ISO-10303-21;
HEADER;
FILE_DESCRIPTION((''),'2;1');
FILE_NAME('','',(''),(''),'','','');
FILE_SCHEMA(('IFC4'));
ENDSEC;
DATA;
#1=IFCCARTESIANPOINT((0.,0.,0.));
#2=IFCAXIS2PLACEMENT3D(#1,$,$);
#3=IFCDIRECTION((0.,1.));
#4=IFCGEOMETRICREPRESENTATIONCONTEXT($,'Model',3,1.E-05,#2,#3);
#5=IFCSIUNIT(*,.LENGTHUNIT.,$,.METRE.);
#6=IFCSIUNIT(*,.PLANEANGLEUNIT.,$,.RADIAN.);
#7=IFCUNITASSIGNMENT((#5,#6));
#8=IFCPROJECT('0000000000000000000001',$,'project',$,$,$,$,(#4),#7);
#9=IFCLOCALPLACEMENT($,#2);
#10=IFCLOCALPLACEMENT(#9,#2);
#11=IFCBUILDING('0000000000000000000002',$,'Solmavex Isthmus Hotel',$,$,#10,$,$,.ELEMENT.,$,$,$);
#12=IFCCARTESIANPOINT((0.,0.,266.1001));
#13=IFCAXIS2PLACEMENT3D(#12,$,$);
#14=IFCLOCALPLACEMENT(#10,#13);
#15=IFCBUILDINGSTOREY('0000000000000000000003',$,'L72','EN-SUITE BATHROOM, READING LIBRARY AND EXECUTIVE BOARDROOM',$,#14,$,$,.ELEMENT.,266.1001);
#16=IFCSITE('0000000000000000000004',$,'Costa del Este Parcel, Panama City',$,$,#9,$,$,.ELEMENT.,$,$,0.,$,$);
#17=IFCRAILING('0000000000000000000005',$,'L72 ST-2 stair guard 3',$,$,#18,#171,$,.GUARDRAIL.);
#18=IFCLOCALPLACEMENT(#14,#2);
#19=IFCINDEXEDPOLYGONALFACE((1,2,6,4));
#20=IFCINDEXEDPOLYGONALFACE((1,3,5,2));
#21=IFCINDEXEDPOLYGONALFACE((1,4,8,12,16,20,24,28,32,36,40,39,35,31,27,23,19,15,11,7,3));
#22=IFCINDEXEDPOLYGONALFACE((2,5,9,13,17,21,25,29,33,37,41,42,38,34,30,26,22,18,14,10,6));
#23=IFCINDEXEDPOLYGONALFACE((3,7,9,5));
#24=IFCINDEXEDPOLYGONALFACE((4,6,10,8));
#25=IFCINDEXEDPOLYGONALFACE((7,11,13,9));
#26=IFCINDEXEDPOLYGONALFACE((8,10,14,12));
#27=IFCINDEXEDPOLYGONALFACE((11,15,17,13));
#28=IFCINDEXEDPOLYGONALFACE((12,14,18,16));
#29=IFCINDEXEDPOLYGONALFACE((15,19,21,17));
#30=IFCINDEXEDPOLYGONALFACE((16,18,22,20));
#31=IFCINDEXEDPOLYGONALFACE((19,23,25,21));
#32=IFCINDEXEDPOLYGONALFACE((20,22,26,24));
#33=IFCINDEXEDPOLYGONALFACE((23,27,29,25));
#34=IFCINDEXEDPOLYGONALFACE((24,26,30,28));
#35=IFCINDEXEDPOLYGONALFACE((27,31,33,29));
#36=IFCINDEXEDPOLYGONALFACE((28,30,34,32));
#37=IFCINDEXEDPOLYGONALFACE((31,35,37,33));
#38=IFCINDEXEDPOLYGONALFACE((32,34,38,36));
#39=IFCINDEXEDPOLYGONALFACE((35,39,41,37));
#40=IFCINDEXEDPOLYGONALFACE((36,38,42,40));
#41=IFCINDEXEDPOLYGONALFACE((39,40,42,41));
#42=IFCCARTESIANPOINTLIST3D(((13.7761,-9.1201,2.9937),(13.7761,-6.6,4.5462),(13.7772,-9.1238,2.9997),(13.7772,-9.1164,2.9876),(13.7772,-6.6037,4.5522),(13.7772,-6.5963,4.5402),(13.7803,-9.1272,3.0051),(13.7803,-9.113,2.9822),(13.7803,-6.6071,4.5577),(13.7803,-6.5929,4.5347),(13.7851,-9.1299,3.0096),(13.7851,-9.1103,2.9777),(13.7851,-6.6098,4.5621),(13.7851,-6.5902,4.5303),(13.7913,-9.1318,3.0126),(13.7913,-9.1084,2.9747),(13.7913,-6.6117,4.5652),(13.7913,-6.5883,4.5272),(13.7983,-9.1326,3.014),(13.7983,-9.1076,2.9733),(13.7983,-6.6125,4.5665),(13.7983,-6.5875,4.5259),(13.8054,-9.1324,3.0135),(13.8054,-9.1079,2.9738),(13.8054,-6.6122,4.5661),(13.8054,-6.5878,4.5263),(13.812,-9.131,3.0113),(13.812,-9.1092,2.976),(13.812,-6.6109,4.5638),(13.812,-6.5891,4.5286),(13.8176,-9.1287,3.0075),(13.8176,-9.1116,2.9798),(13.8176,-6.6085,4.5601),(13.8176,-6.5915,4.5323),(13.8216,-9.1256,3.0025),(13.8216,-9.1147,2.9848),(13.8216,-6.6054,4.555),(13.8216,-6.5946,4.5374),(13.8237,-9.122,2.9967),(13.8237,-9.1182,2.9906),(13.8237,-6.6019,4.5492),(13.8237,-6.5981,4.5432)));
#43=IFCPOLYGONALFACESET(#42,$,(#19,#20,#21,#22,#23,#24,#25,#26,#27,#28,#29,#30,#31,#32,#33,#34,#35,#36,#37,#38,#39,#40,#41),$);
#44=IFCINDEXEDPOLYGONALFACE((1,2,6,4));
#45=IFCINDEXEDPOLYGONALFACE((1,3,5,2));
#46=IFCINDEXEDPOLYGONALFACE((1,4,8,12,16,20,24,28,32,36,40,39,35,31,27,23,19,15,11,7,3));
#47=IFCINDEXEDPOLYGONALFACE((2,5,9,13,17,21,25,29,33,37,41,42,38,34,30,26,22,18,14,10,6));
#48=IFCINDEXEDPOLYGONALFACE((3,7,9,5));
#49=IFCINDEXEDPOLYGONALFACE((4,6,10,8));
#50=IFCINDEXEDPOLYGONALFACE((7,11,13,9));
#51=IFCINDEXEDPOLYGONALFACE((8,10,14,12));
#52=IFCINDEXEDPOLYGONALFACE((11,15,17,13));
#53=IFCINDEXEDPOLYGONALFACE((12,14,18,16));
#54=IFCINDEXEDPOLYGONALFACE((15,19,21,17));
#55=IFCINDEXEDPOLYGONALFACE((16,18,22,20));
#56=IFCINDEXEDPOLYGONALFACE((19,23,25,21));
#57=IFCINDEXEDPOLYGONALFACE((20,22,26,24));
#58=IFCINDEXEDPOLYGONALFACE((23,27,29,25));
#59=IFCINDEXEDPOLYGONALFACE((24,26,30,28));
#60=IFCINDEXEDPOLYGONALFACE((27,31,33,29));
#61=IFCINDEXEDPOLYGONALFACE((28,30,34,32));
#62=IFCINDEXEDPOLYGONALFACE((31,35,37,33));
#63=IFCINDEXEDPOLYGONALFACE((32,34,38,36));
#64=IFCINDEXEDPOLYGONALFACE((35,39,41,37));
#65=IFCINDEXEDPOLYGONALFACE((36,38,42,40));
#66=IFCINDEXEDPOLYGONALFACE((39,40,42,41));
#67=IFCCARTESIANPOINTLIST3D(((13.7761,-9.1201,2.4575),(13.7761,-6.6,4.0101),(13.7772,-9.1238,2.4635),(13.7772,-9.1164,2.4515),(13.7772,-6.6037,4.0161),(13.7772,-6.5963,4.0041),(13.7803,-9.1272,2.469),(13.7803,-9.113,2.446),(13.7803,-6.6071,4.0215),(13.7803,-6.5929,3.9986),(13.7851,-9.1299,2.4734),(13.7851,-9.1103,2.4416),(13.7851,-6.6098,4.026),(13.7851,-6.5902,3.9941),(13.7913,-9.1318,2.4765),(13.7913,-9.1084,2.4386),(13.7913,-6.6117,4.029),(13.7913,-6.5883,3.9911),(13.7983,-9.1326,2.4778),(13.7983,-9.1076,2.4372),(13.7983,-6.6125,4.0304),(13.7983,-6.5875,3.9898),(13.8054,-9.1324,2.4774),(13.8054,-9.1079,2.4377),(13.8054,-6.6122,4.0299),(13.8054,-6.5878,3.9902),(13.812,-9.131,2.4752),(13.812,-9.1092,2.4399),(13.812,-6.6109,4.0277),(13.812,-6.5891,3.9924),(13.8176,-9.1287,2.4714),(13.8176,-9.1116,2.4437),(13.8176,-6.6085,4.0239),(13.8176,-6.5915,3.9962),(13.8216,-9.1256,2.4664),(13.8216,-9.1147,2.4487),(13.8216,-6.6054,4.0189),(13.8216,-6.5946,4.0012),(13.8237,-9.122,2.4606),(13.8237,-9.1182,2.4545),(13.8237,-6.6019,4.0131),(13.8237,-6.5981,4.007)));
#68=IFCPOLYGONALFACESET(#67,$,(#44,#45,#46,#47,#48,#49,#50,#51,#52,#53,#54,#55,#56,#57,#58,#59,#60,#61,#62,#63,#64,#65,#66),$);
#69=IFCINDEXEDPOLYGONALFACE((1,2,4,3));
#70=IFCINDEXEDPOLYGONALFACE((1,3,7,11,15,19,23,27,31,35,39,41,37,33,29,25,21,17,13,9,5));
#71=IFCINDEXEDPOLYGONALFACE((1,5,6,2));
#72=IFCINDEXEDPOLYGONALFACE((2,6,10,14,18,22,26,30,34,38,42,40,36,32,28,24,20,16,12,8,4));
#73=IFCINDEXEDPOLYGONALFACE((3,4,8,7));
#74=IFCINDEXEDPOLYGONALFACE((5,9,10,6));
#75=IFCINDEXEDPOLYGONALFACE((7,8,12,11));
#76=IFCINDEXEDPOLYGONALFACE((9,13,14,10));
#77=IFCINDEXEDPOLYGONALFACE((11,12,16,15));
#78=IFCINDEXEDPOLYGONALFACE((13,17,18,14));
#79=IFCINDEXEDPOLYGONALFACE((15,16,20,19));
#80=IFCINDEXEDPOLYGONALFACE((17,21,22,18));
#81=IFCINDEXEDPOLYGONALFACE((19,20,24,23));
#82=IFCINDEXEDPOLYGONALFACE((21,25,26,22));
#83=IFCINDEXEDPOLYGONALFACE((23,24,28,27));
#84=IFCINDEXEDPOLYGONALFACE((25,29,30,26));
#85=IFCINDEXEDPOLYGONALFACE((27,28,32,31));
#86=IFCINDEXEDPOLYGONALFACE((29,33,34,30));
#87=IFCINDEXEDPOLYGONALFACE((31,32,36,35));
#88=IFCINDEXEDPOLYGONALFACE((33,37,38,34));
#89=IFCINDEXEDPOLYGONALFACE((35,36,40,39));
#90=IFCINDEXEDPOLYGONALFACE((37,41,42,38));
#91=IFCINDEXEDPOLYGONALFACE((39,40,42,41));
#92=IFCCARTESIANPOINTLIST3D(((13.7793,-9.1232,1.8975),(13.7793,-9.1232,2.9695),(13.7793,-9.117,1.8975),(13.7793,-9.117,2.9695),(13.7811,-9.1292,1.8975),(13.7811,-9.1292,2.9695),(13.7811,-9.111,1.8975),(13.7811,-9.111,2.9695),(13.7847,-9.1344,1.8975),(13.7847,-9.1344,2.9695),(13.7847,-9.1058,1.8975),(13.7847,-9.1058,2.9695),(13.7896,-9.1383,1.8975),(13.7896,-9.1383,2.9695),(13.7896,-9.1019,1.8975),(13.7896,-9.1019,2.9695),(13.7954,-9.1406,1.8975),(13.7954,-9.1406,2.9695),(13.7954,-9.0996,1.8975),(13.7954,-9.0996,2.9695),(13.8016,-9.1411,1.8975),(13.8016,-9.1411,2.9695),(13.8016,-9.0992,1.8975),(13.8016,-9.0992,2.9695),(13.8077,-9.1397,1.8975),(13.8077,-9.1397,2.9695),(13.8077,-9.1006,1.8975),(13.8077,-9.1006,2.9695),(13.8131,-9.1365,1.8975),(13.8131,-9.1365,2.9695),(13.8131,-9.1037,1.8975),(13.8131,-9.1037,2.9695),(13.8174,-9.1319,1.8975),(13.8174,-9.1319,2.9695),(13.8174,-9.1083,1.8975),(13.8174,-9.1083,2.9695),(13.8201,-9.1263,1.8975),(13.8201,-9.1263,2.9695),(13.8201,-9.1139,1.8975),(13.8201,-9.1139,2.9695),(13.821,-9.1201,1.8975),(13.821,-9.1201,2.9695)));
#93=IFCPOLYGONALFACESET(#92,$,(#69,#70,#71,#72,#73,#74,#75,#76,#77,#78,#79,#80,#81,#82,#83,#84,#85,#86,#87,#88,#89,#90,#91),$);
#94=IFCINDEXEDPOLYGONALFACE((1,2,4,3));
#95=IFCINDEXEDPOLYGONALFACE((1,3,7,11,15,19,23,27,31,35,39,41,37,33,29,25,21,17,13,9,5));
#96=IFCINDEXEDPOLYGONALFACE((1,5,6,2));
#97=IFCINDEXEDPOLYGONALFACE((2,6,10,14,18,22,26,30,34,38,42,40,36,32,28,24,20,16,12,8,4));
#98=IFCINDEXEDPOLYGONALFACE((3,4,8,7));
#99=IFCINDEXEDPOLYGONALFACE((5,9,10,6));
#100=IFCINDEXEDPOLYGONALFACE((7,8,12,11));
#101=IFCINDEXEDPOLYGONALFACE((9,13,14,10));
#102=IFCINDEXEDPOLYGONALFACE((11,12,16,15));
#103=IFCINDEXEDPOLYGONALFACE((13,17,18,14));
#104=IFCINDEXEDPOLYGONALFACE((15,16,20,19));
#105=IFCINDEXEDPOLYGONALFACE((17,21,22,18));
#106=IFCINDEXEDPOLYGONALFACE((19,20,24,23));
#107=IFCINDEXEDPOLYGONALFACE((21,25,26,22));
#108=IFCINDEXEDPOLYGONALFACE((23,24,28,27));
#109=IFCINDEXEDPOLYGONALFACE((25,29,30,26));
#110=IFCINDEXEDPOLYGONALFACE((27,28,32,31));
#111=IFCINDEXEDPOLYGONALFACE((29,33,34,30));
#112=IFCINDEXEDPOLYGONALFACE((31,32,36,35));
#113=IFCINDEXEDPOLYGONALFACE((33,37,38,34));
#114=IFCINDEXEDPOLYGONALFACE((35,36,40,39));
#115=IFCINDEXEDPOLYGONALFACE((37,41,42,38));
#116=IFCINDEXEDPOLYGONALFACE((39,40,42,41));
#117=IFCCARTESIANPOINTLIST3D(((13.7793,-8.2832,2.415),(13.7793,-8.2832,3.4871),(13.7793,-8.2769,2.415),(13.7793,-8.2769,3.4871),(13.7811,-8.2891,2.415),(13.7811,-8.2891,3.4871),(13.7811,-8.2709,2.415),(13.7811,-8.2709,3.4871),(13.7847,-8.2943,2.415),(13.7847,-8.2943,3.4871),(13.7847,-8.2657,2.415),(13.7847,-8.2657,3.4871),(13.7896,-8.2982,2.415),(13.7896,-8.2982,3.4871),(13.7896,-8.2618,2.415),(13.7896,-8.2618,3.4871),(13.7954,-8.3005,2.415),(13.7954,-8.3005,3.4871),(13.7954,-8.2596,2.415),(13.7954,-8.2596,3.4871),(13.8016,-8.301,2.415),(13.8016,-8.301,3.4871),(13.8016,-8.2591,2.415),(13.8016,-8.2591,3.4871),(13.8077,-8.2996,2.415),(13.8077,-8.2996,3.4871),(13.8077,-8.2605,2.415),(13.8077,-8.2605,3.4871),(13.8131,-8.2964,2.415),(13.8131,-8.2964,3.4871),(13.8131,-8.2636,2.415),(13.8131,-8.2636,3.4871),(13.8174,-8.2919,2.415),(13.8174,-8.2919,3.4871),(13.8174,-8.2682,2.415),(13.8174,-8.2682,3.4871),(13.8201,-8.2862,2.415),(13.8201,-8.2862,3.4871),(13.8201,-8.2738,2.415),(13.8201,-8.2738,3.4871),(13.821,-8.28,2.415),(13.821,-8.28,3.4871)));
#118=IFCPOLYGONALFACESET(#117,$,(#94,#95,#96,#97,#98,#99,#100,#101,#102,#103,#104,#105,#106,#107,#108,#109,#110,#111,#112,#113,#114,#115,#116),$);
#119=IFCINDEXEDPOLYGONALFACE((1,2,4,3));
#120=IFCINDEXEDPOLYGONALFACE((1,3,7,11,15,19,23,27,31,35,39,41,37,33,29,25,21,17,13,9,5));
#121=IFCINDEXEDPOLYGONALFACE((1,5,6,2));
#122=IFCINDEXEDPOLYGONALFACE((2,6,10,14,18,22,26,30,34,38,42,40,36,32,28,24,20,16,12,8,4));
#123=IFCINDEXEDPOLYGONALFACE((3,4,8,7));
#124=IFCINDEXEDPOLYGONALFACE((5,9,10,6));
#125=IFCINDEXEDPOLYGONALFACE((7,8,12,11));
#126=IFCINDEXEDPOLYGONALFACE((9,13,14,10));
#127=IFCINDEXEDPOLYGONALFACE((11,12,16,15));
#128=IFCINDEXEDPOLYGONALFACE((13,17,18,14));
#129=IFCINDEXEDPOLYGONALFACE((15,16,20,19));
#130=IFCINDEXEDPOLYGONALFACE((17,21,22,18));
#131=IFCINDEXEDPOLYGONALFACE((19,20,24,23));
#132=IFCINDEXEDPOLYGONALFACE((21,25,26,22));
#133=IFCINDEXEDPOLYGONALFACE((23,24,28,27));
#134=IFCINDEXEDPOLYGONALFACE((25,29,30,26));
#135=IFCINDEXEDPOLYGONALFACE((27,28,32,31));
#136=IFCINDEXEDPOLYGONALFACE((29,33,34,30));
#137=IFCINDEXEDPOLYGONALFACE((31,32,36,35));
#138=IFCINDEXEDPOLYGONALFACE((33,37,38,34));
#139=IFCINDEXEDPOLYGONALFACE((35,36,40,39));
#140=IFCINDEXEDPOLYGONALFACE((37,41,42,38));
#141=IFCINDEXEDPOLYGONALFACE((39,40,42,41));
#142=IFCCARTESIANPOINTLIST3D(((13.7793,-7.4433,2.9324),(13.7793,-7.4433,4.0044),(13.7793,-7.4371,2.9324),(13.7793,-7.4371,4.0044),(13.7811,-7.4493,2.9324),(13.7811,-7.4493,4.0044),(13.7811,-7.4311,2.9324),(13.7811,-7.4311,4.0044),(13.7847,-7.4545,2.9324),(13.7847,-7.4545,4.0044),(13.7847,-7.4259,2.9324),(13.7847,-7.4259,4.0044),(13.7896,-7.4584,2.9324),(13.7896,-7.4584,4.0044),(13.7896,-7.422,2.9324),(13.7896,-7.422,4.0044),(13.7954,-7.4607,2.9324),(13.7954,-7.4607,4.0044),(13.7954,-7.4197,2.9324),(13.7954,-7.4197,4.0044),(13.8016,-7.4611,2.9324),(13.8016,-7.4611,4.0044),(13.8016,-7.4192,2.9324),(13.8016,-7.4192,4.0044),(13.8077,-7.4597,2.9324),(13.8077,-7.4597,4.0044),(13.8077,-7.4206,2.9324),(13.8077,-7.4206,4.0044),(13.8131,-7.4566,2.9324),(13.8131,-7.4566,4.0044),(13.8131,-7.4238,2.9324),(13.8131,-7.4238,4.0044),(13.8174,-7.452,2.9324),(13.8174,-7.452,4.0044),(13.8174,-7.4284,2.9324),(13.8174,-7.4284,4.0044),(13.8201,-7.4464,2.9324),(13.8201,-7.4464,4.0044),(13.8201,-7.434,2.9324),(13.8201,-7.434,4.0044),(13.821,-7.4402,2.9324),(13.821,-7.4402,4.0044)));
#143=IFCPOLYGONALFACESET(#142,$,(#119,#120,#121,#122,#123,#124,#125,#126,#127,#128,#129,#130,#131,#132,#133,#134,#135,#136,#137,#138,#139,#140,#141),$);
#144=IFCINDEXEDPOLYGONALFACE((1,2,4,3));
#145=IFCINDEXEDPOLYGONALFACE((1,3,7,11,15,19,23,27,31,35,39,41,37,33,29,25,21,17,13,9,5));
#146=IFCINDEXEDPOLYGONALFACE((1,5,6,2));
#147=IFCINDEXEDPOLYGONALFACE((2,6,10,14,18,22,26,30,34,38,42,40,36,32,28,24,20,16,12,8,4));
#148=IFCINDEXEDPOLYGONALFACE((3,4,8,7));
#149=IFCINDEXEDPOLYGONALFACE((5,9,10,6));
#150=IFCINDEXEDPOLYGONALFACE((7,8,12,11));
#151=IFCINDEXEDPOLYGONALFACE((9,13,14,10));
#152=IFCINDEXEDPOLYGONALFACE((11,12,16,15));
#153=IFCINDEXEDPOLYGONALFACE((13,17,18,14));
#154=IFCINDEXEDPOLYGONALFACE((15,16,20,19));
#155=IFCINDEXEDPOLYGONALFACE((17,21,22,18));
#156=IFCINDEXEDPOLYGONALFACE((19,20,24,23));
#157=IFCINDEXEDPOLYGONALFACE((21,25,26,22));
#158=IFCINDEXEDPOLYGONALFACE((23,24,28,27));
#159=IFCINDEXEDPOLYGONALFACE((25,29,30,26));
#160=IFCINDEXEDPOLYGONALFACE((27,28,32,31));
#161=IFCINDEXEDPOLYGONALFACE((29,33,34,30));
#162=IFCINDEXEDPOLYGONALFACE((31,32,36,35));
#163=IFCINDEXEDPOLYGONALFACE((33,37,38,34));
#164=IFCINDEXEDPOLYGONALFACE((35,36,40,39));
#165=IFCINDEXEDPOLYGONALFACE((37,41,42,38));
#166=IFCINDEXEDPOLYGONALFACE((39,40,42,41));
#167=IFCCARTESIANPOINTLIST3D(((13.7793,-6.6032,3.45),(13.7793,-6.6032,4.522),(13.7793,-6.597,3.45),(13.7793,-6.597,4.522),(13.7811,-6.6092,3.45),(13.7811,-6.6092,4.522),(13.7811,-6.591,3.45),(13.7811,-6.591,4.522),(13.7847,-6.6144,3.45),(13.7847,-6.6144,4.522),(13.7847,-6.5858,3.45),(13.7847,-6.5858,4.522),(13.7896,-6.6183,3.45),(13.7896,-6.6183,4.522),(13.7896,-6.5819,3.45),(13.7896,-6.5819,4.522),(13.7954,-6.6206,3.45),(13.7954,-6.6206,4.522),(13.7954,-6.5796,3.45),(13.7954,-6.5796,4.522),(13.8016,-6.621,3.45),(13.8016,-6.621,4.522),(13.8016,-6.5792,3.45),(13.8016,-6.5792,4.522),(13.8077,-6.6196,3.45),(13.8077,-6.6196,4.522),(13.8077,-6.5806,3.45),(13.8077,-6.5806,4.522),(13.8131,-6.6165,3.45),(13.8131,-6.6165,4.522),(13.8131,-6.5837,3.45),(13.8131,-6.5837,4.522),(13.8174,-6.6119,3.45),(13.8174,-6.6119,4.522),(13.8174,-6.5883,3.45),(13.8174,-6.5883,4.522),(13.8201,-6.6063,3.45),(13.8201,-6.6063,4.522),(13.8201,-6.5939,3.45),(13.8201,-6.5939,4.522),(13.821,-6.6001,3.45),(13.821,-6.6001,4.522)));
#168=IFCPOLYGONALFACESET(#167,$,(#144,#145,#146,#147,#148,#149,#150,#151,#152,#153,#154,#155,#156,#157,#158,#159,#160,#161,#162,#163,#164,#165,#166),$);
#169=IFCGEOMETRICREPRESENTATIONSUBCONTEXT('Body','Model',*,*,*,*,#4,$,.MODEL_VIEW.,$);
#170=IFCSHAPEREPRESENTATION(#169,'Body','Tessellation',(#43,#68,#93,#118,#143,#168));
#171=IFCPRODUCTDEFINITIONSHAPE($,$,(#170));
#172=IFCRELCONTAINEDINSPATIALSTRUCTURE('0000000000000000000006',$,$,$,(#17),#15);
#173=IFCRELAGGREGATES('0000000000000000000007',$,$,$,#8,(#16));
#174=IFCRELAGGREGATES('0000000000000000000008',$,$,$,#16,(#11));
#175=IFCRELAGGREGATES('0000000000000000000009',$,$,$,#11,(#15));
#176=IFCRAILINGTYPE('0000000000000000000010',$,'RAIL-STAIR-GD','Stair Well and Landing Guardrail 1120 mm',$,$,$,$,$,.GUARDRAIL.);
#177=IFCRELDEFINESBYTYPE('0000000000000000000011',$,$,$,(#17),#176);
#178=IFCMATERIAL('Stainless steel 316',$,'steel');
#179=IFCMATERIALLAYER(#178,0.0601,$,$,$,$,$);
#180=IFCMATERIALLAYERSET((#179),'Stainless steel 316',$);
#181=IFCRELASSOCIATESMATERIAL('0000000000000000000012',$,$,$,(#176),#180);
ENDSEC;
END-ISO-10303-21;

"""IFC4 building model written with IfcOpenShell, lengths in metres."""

from ifc_helpers import new_model, si_unit, direction, frame, origin, origin_2d, place, context, subcontext, project, spatial, circle, extrude, material, layer, layer_set, type_object, element, save


model = new_model("IFC4")

# Units and contexts
model_context = context("Model", 3, precision=1e-05, world=origin(), true_north=direction((0.0, 1.0)))
body_context = subcontext(model_context, "Body", "Model", "MODEL_VIEW")
ifc_project = project(units=[si_unit("LENGTHUNIT", "METRE"), si_unit("PLANEANGLEUNIT", "RADIAN")], contexts=[model_context])

# Site, building, storey
site_placement = place(None, origin())
site = spatial("IfcSite", under=ifc_project, at=site_placement, Name="Costa del Este Parcel, Panama City", CompositionType="ELEMENT", RefElevation=0.0)
building_placement = place(site_placement, origin())
building = spatial("IfcBuilding", under=site, at=building_placement, Name="Solmavex Isthmus Hotel", CompositionType="ELEMENT")
storey_placement = place(building_placement, frame((0.0, 0.0, 266.1001)))
storey = spatial("IfcBuildingStorey", under=building, at=storey_placement, Name="L72", Description="EN-SUITE BATHROOM, READING LIBRARY AND EXECUTIVE BOARDROOM", CompositionType="ELEMENT", Elevation=266.1001)

# Railing
ifc_material_1 = material(Name="Stainless steel 316", Category="steel")
ifc_layer_1 = layer(ifc_material_1, 0.0601)
ifc_layer_set_1 = layer_set([ifc_layer_1], Name="Stainless steel 316")
railing_type_1 = type_object("IfcRailingType", Name="RAIL-STAIR-GD", Description="Stair Well and Landing Guardrail 1120 mm", PredefinedType="GUARDRAIL", material=ifc_layer_set_1)
railing_1_placement = place(storey_placement, frame((13.8, -9.1201, 1.8975)))
element("IfcRailing", 1, at=railing_1_placement, inside=storey, type_object=railing_type_1, Name="L72 ST-2 stair guard 3", PredefinedType="GUARDRAIL", context=body_context, shape_type="SweptSolid", body=[
    extrude(circle(Radius=0.0239, at=origin_2d()), frame((0.0, 0.0, 1.0962), z_axis=(0.0, 0.8514, 0.524516), x_axis=(-1.0, 0.0, 0.0)), (0.0, 0.0, 1.0), 2.96),
    extrude(circle(Radius=0.0239, at=origin_2d()), frame((0.0, 0.0, 0.5601), z_axis=(0.0, 0.8514, 0.524516), x_axis=(-1.0, 0.0, 0.0)), (0.0, 0.0, 1.0), 2.96),
    extrude(circle(Radius=0.021, at=origin_2d()), origin(), (0.0, 0.0, 1.0), 1.072),
    extrude(circle(Radius=0.021, at=origin_2d()), frame((0.0, 0.8401, 0.5176)), (0.0, 0.0, 1.0), 1.072),
    extrude(circle(Radius=0.021, at=origin_2d()), frame((0.0, 1.6799, 1.0349)), (0.0, 0.0, 1.0), 1.072),
    extrude(circle(Radius=0.021, at=origin_2d()), frame((0.0, 2.52, 1.5525)), (0.0, 0.0, 1.0), 1.072),
])

save(model, "model.ifc")
